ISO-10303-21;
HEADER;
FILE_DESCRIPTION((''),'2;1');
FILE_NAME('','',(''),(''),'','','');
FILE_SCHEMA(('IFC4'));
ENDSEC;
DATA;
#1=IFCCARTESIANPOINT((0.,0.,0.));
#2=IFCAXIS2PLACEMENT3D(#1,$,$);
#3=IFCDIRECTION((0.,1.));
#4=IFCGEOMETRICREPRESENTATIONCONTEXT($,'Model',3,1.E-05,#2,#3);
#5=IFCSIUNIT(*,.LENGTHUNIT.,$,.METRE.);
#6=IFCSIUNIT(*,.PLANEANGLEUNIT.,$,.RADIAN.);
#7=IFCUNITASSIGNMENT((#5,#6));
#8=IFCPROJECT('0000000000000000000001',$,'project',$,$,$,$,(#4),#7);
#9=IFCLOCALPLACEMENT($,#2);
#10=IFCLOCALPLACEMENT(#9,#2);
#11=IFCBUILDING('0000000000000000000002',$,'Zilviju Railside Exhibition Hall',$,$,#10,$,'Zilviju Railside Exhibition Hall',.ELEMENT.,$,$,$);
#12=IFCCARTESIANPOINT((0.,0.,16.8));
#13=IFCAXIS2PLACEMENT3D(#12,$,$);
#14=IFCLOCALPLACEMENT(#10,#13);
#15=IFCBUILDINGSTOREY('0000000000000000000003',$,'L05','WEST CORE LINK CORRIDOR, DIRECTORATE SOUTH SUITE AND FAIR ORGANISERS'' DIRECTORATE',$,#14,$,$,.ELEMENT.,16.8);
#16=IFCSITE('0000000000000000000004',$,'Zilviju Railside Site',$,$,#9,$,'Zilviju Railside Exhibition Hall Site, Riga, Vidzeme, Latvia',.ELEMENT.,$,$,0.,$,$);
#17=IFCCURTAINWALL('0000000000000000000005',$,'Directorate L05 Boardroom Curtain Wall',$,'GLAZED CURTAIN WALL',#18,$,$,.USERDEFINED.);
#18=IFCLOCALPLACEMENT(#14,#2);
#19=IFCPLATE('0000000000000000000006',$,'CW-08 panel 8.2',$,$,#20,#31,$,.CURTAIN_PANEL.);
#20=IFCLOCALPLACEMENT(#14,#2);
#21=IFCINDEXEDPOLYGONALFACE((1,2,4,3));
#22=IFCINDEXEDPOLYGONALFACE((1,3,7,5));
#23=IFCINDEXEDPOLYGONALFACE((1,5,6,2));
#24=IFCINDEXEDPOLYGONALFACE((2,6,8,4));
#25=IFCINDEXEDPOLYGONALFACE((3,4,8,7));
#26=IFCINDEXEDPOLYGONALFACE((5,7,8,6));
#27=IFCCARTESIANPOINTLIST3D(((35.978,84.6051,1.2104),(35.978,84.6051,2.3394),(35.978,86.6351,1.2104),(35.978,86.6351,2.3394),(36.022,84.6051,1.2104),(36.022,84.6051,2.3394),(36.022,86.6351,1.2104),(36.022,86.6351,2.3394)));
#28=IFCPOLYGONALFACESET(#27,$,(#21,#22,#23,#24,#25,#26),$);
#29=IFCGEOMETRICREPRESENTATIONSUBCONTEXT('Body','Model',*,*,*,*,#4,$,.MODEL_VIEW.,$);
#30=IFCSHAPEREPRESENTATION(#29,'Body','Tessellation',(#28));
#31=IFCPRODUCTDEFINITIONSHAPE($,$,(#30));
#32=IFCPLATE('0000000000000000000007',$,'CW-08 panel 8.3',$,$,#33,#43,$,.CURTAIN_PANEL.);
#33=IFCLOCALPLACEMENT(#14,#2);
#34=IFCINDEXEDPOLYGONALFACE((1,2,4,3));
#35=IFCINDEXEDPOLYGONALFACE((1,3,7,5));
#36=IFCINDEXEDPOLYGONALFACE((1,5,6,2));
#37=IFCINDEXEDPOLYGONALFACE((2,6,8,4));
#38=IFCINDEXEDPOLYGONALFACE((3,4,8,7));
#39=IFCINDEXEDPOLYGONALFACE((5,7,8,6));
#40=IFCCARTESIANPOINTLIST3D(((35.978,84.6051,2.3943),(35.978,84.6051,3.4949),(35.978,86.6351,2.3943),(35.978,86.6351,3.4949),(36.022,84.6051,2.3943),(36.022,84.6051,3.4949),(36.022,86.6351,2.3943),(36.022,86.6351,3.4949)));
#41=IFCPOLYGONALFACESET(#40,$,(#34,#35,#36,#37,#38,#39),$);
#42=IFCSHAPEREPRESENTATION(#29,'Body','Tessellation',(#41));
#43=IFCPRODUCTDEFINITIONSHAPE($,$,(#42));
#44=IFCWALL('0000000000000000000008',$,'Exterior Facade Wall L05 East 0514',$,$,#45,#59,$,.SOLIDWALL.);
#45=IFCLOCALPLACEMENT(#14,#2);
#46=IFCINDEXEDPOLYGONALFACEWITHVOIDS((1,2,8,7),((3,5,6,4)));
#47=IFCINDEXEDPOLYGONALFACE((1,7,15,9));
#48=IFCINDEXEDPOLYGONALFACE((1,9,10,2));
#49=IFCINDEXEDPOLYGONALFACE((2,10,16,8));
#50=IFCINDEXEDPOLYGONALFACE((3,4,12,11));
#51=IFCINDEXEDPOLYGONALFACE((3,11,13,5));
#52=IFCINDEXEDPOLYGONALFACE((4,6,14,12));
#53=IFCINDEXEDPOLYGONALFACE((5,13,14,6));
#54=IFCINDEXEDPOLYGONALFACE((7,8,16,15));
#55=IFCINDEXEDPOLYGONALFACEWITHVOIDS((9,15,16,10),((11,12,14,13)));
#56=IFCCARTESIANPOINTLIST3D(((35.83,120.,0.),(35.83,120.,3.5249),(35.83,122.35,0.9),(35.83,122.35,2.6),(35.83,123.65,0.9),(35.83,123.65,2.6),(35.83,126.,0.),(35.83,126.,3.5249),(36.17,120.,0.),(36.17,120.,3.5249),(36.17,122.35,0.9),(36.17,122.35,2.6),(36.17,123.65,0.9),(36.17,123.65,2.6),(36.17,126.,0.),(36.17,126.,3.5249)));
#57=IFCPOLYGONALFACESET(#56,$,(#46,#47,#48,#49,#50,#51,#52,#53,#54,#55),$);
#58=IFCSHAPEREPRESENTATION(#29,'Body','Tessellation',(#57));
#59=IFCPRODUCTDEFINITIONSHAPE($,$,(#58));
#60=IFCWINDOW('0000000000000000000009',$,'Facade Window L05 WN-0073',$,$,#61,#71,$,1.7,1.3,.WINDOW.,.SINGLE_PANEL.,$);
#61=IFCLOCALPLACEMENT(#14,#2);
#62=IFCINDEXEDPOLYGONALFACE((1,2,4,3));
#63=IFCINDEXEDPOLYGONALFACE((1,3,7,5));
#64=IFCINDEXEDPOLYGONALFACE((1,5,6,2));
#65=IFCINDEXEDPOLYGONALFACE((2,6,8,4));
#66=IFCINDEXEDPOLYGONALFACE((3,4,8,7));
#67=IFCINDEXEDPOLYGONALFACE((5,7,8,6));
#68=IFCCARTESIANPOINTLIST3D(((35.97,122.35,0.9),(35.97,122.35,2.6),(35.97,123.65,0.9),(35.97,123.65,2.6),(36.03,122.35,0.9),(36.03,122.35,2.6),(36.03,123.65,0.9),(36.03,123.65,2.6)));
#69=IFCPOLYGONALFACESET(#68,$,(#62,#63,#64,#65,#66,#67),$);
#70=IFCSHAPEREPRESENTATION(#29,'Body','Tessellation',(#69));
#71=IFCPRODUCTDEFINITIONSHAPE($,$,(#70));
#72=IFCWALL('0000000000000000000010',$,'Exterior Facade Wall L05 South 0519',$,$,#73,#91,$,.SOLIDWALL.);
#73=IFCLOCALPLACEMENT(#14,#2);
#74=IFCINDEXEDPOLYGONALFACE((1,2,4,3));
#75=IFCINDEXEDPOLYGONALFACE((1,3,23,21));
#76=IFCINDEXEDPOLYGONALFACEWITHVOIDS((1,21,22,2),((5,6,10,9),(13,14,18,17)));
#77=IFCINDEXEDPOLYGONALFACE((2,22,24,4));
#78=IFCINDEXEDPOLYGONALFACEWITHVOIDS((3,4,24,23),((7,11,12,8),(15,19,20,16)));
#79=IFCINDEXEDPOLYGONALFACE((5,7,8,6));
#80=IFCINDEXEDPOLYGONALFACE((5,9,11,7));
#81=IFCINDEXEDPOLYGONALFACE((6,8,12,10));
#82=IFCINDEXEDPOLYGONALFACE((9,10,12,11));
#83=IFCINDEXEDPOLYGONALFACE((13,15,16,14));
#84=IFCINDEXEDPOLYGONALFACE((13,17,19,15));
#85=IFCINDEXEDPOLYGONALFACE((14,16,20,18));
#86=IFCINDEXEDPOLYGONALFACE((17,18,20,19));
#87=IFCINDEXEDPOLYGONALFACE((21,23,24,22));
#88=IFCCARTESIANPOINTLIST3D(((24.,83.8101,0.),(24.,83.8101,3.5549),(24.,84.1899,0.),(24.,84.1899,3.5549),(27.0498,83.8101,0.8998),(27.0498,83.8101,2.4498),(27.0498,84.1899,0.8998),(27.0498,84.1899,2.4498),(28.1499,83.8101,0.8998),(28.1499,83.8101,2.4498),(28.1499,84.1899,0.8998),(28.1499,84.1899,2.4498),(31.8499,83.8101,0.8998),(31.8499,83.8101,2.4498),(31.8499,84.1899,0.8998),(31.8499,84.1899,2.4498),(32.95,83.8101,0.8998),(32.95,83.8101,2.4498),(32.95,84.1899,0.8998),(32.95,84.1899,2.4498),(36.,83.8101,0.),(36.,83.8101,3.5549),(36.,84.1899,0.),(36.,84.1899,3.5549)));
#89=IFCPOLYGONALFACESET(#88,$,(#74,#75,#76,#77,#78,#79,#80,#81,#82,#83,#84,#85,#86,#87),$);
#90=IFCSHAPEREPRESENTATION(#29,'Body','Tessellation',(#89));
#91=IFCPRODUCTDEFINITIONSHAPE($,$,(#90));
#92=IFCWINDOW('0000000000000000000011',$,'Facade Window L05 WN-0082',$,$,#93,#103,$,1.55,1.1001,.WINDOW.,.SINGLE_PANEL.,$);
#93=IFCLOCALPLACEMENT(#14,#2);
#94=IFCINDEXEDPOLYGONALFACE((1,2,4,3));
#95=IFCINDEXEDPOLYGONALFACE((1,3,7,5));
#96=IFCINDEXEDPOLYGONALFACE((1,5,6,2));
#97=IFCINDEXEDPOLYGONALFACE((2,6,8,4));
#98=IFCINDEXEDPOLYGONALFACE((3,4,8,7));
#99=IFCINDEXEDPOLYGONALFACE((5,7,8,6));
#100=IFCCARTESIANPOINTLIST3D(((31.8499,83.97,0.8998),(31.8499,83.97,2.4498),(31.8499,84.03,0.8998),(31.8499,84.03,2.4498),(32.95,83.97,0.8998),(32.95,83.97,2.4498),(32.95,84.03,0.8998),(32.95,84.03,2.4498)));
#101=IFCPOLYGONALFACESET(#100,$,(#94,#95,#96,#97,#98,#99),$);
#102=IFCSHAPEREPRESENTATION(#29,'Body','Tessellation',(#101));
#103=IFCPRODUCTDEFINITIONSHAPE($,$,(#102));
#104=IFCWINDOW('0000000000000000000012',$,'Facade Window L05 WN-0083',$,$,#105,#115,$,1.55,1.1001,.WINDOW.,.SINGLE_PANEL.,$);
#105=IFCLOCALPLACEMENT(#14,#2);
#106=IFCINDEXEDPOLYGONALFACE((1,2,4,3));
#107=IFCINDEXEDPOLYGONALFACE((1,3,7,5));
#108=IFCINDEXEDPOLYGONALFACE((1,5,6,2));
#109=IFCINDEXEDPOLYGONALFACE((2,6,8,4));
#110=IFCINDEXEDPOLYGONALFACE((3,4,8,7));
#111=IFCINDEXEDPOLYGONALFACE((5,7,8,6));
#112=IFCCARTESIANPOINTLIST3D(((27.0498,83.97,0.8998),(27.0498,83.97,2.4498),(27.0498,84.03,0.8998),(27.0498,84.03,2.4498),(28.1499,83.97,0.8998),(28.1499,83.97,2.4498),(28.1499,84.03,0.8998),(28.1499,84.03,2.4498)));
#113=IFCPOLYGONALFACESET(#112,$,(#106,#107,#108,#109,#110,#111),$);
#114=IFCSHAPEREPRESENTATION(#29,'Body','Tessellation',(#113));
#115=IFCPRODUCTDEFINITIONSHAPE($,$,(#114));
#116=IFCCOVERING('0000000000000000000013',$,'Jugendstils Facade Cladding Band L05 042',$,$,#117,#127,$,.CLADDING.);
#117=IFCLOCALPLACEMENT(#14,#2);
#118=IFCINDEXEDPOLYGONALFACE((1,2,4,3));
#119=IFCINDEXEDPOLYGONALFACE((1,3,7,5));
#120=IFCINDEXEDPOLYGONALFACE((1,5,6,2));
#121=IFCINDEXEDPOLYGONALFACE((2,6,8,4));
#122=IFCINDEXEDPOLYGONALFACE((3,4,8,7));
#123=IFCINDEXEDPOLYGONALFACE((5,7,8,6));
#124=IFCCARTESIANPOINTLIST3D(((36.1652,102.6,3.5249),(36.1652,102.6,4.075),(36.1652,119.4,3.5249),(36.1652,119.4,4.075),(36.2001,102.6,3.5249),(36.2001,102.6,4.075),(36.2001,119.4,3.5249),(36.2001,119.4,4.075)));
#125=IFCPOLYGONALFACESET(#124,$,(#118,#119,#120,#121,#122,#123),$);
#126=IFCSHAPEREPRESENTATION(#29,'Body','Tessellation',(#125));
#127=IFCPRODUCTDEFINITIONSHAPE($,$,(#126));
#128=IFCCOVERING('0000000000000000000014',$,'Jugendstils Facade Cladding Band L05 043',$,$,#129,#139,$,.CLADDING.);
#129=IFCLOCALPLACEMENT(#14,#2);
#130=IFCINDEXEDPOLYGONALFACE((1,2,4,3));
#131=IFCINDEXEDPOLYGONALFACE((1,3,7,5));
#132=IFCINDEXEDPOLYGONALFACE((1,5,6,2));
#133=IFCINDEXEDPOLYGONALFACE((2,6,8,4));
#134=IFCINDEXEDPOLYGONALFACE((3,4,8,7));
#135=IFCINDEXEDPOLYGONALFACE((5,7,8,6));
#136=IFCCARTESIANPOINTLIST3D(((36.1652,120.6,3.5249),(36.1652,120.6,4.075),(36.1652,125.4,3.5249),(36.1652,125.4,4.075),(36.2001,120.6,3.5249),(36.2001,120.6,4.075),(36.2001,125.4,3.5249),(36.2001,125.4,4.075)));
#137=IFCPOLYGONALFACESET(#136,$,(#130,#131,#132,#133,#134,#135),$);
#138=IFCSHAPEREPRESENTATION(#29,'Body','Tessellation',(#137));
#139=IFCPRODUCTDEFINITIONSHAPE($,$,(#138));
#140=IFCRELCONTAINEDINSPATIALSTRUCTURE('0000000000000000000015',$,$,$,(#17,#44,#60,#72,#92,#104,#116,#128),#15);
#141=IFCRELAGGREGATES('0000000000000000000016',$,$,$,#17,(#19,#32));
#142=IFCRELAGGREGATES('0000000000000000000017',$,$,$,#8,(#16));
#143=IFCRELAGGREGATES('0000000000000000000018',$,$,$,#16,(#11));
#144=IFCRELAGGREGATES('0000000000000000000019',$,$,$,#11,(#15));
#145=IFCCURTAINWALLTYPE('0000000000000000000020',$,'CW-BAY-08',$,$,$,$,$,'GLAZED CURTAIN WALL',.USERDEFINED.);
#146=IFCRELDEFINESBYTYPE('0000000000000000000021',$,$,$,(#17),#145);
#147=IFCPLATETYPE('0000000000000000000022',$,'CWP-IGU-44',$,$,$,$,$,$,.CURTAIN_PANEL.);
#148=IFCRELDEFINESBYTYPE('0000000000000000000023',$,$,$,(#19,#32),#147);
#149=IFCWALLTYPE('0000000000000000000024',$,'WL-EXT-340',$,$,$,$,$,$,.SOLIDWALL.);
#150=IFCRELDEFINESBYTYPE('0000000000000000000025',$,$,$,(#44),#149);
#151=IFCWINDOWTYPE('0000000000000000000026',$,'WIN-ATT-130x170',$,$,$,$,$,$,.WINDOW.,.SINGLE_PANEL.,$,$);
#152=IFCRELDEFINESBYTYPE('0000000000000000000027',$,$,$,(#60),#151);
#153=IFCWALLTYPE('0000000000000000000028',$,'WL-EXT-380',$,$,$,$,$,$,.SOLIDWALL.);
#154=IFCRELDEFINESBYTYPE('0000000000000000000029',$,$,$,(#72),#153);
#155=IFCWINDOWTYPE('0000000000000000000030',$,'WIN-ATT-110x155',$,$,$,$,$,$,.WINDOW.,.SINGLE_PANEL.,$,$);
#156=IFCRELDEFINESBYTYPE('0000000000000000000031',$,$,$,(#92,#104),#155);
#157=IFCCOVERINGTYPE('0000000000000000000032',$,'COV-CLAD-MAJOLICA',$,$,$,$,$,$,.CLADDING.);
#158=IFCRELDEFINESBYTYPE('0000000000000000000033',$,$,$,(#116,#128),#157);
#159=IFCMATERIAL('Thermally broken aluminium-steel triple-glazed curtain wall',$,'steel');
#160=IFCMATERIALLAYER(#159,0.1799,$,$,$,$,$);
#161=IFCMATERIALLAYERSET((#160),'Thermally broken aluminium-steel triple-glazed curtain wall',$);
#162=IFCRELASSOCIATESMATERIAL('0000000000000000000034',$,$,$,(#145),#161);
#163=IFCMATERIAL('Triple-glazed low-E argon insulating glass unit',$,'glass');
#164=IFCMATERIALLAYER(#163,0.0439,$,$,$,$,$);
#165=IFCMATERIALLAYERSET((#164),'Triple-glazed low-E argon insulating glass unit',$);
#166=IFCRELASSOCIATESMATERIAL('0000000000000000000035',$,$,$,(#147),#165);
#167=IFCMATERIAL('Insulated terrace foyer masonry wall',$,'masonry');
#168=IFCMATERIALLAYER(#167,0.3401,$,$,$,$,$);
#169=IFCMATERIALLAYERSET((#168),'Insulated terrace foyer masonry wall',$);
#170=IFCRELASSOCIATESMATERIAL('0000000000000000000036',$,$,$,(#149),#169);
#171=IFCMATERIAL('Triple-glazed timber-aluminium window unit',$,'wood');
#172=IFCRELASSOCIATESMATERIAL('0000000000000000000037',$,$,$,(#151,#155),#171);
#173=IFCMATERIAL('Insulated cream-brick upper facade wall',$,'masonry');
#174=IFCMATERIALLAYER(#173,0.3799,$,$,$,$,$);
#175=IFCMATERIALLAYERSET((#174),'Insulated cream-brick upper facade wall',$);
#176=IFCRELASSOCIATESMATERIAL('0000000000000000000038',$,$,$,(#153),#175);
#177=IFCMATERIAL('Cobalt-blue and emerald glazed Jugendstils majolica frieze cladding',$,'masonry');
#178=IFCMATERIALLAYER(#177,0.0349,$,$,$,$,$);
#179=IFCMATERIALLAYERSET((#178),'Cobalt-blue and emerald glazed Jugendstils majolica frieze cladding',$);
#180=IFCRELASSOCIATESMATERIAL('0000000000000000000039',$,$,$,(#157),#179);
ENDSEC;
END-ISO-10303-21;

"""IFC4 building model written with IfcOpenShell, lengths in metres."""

from ifc_helpers import new_model, si_unit, direction, frame, frame_2d, origin, origin_2d, place, context, subcontext, project, spatial, rectangle, extrude, material, layer, layer_set, type_object, element, fill, aggregate, save


model = new_model("IFC4")

# Units and contexts
model_context = context("Model", 3, precision=1e-05, world=origin(), true_north=direction((0.0, 1.0)))
body_context = subcontext(model_context, "Body", "Model", "MODEL_VIEW")
ifc_project = project(units=[si_unit("LENGTHUNIT", "METRE"), si_unit("PLANEANGLEUNIT", "RADIAN")], contexts=[model_context])

# Site, building, storey
site_placement = place(None, origin())
site = spatial("IfcSite", under=ifc_project, at=site_placement, Name="Zilviju Railside Site", LongName="Zilviju Railside Exhibition Hall Site, Riga, Vidzeme, Latvia", CompositionType="ELEMENT", RefElevation=0.0)
building_placement = place(site_placement, origin())
building = spatial("IfcBuilding", under=site, at=building_placement, Name="Zilviju Railside Exhibition Hall", LongName="Zilviju Railside Exhibition Hall", CompositionType="ELEMENT")
storey_placement = place(building_placement, frame((0.0, 0.0, 16.8)))
storey = spatial("IfcBuildingStorey", under=building, at=storey_placement, Name="L05", Description="WEST CORE LINK CORRIDOR, DIRECTORATE SOUTH SUITE AND FAIR ORGANISERS' DIRECTORATE", CompositionType="ELEMENT", Elevation=16.8)

# Curtain wall, plates
ifc_material_1 = material(Name="Thermally broken aluminium-steel triple-glazed curtain wall", Category="steel")
ifc_layer_1 = layer(ifc_material_1, 0.1799)
ifc_layer_set_1 = layer_set([ifc_layer_1], Name="Thermally broken aluminium-steel triple-glazed curtain wall")
curtain_wall_type = type_object("IfcCurtainWallType", Name="CW-BAY-08", ElementType="GLAZED CURTAIN WALL", PredefinedType="USERDEFINED", material=ifc_layer_set_1)
curtain_wall_placement = place(storey_placement, origin())
curtain_wall = element("IfcCurtainWall", 1, at=curtain_wall_placement, inside=storey, type_object=curtain_wall_type, Name="Directorate L05 Boardroom Curtain Wall", ObjectType="GLAZED CURTAIN WALL", PredefinedType="USERDEFINED")
ifc_material_2 = material(Name="Triple-glazed low-E argon insulating glass unit", Category="glass")
ifc_layer_2 = layer(ifc_material_2, 0.0439)
ifc_layer_set_2 = layer_set([ifc_layer_2], Name="Triple-glazed low-E argon insulating glass unit")
plate_type = type_object("IfcPlateType", Name="CWP-IGU-44", PredefinedType="CURTAIN_PANEL", material=ifc_layer_set_2)
plate_1_placement = place(storey_placement, frame((36.0, 85.6201, 1.2104), z_axis=(0.0, 0.0, 1.0), x_axis=(0.0, -1.0, 0.0)))
plate_1 = element("IfcPlate", 2, at=plate_1_placement, type_object=plate_type, Name="CW-08 panel 8.2", PredefinedType="CURTAIN_PANEL", context=body_context, shape_type="SweptSolid", body=[
    extrude(rectangle(XDim=2.03, YDim=0.0439, at=origin_2d()), origin(), (0.0, 0.0, 1.0), 1.1289),
])
plate_2_placement = place(storey_placement, frame((36.0, 85.6201, 2.3943), z_axis=(0.0, 0.0, 1.0), x_axis=(0.0, -1.0, 0.0)))
plate_2 = element("IfcPlate", 3, at=plate_2_placement, type_object=plate_type, Name="CW-08 panel 8.3", PredefinedType="CURTAIN_PANEL", context=body_context, shape_type="SweptSolid", body=[
    extrude(rectangle(XDim=2.03, YDim=0.0439, at=origin_2d()), origin(), (0.0, 0.0, 1.0), 1.1006),
])
aggregate(curtain_wall, [plate_1, plate_2])

# Shared definitions
ifc_material_3 = material(Name="Insulated terrace foyer masonry wall", Category="masonry")
ifc_layer_3 = layer(ifc_material_3, 0.3401)
ifc_layer_set_3 = layer_set([ifc_layer_3], Name="Insulated terrace foyer masonry wall")
wall_type_1 = type_object("IfcWallType", Name="WL-EXT-340", PredefinedType="SOLIDWALL", material=ifc_layer_set_3)

# Wall, opening, window
wall_1_placement = place(storey_placement, frame((36.0, 126.0, 0.0), z_axis=(0.0, 0.0, 1.0), x_axis=(0.0, -1.0, 0.0)))
wall_1 = element("IfcWall", 4, at=wall_1_placement, inside=storey, type_object=wall_type_1, Name="Exterior Facade Wall L05 East 0514", PredefinedType="SOLIDWALL", context=body_context, shape_type="SweptSolid", body=[
    extrude(rectangle(XDim=6.0, YDim=0.3401, at=frame_2d((3.0, 0.0))), origin(), (0.0, 0.0, 1.0), 3.5249),
])
opening_1_placement = place(wall_1_placement, frame((2.3501, 0.0, 0.8999)))
opening_1 = element("IfcOpeningElement", 5, at=opening_1_placement, cuts=wall_1, PredefinedType="OPENING", context=body_context, shape_type="SweptSolid", body=[
    extrude(rectangle(XDim=1.3, YDim=1.7, at=frame_2d((0.6499, 0.8501))), frame((0.0, 0.1799, 0.0), z_axis=(0.0, -1.0, 0.0), x_axis=(1.0, 0.0, 0.0)), (0.0, 0.0, 1.0), 0.3601),
])
ifc_material_4 = material(Name="Triple-glazed timber-aluminium window unit", Category="wood")
window_type_1 = type_object("IfcWindowType", Name="WIN-ATT-130x170", PartitioningType="SINGLE_PANEL", PredefinedType="WINDOW", material=ifc_material_4)
window_1_placement = place(opening_1_placement, origin())
window_1 = element("IfcWindow", 6, at=window_1_placement, inside=storey, type_object=window_type_1, Name="Facade Window L05 WN-0073", OverallHeight=1.7, OverallWidth=1.3, PartitioningType="SINGLE_PANEL", PredefinedType="WINDOW", context=body_context, shape_type="SweptSolid", body=[
    extrude(rectangle(XDim=1.3, YDim=1.7, at=frame_2d((0.6499, 0.8501))), frame((0.0, 0.03, 0.0), z_axis=(0.0, -1.0, 0.0), x_axis=(1.0, 0.0, 0.0)), (0.0, 0.0, 1.0), 0.0601),
])
fill(opening_1, window_1)

# Wall, openings, windows
ifc_material_5 = material(Name="Insulated cream-brick upper facade wall", Category="masonry")
ifc_layer_4 = layer(ifc_material_5, 0.3799)
ifc_layer_set_4 = layer_set([ifc_layer_4], Name="Insulated cream-brick upper facade wall")
wall_type_2 = type_object("IfcWallType", Name="WL-EXT-380", PredefinedType="SOLIDWALL", material=ifc_layer_set_4)
wall_2_placement = place(storey_placement, frame((36.0, 84.0, 0.0), z_axis=(0.0, 0.0, 1.0), x_axis=(-1.0, 0.0, 0.0)))
wall_2 = element("IfcWall", 7, at=wall_2_placement, inside=storey, type_object=wall_type_2, Name="Exterior Facade Wall L05 South 0519", PredefinedType="SOLIDWALL", context=body_context, shape_type="SweptSolid", body=[
    extrude(rectangle(XDim=12.0, YDim=0.3799, at=frame_2d((6.0, 0.0))), origin(), (0.0, 0.0, 1.0), 3.5549),
])
opening_2_placement = place(wall_2_placement, frame((3.05, 0.0, 0.8999)))
opening_2 = element("IfcOpeningElement", 8, at=opening_2_placement, cuts=wall_2, PredefinedType="OPENING", context=body_context, shape_type="SweptSolid", body=[
    extrude(rectangle(XDim=1.1001, YDim=1.55, at=frame_2d((0.55, 0.7749))), frame((0.0, 0.2, 0.0), z_axis=(0.0, -1.0, 0.0), x_axis=(1.0, 0.0, 0.0)), (0.0, 0.0, 1.0), 0.3999),
])
opening_3_placement = place(wall_2_placement, frame((7.8501, 0.0, 0.8999)))
opening_3 = element("IfcOpeningElement", 9, at=opening_3_placement, cuts=wall_2, PredefinedType="OPENING", context=body_context, shape_type="SweptSolid", body=[
    extrude(rectangle(XDim=1.1001, YDim=1.55, at=frame_2d((0.55, 0.7749))), frame((0.0, 0.2, 0.0), z_axis=(0.0, -1.0, 0.0), x_axis=(1.0, 0.0, 0.0)), (0.0, 0.0, 1.0), 0.3999),
])
window_type_2 = type_object("IfcWindowType", Name="WIN-ATT-110x155", PartitioningType="SINGLE_PANEL", PredefinedType="WINDOW", material=ifc_material_4)
window_2_placement = place(opening_2_placement, origin())
window_2 = element("IfcWindow", 10, at=window_2_placement, inside=storey, type_object=window_type_2, Name="Facade Window L05 WN-0082", OverallHeight=1.55, OverallWidth=1.1001, PartitioningType="SINGLE_PANEL", PredefinedType="WINDOW", context=body_context, shape_type="SweptSolid", body=[
    extrude(rectangle(XDim=1.1001, YDim=1.55, at=frame_2d((0.55, 0.7749))), frame((0.0, 0.03, 0.0), z_axis=(0.0, -1.0, 0.0), x_axis=(1.0, 0.0, 0.0)), (0.0, 0.0, 1.0), 0.0601),
])
fill(opening_2, window_2)
window_3_placement = place(opening_3_placement, origin())
window_3 = element("IfcWindow", 11, at=window_3_placement, inside=storey, type_object=window_type_2, Name="Facade Window L05 WN-0083", OverallHeight=1.55, OverallWidth=1.1001, PartitioningType="SINGLE_PANEL", PredefinedType="WINDOW", context=body_context, shape_type="SweptSolid", body=[
    extrude(rectangle(XDim=1.1001, YDim=1.55, at=frame_2d((0.55, 0.7749))), frame((0.0, 0.03, 0.0), z_axis=(0.0, -1.0, 0.0), x_axis=(1.0, 0.0, 0.0)), (0.0, 0.0, 1.0), 0.0601),
])
fill(opening_3, window_3)

# Coverings
ifc_material_6 = material(Name="Cobalt-blue and emerald glazed Jugendstils majolica frieze cladding", Category="masonry")
ifc_layer_5 = layer(ifc_material_6, 0.0349)
ifc_layer_set_5 = layer_set([ifc_layer_5], Name="Cobalt-blue and emerald glazed Jugendstils majolica frieze cladding")
covering_type = type_object("IfcCoveringType", Name="COV-CLAD-MAJOLICA", PredefinedType="CLADDING", material=ifc_layer_set_5)
covering_1_placement = place(storey_placement, frame((36.1826, 111.0, 3.5249), z_axis=(0.0, 0.0, 1.0), x_axis=(0.0, -1.0, 0.0)))
element("IfcCovering", 12, at=covering_1_placement, inside=storey, type_object=covering_type, Name="Jugendstils Facade Cladding Band L05 042", PredefinedType="CLADDING", context=body_context, shape_type="SweptSolid", body=[
    extrude(rectangle(XDim=16.8, YDim=0.0349, at=origin_2d()), origin(), (0.0, 0.0, 1.0), 0.55),
])
covering_2_placement = place(storey_placement, frame((36.1826, 123.0, 3.5249), z_axis=(0.0, 0.0, 1.0), x_axis=(0.0, -1.0, 0.0)))
element("IfcCovering", 13, at=covering_2_placement, inside=storey, type_object=covering_type, Name="Jugendstils Facade Cladding Band L05 043", PredefinedType="CLADDING", context=body_context, shape_type="SweptSolid", body=[
    extrude(rectangle(XDim=4.8, YDim=0.0349, at=origin_2d()), origin(), (0.0, 0.0, 1.0), 0.55),
])

save(model, "model.ifc")
